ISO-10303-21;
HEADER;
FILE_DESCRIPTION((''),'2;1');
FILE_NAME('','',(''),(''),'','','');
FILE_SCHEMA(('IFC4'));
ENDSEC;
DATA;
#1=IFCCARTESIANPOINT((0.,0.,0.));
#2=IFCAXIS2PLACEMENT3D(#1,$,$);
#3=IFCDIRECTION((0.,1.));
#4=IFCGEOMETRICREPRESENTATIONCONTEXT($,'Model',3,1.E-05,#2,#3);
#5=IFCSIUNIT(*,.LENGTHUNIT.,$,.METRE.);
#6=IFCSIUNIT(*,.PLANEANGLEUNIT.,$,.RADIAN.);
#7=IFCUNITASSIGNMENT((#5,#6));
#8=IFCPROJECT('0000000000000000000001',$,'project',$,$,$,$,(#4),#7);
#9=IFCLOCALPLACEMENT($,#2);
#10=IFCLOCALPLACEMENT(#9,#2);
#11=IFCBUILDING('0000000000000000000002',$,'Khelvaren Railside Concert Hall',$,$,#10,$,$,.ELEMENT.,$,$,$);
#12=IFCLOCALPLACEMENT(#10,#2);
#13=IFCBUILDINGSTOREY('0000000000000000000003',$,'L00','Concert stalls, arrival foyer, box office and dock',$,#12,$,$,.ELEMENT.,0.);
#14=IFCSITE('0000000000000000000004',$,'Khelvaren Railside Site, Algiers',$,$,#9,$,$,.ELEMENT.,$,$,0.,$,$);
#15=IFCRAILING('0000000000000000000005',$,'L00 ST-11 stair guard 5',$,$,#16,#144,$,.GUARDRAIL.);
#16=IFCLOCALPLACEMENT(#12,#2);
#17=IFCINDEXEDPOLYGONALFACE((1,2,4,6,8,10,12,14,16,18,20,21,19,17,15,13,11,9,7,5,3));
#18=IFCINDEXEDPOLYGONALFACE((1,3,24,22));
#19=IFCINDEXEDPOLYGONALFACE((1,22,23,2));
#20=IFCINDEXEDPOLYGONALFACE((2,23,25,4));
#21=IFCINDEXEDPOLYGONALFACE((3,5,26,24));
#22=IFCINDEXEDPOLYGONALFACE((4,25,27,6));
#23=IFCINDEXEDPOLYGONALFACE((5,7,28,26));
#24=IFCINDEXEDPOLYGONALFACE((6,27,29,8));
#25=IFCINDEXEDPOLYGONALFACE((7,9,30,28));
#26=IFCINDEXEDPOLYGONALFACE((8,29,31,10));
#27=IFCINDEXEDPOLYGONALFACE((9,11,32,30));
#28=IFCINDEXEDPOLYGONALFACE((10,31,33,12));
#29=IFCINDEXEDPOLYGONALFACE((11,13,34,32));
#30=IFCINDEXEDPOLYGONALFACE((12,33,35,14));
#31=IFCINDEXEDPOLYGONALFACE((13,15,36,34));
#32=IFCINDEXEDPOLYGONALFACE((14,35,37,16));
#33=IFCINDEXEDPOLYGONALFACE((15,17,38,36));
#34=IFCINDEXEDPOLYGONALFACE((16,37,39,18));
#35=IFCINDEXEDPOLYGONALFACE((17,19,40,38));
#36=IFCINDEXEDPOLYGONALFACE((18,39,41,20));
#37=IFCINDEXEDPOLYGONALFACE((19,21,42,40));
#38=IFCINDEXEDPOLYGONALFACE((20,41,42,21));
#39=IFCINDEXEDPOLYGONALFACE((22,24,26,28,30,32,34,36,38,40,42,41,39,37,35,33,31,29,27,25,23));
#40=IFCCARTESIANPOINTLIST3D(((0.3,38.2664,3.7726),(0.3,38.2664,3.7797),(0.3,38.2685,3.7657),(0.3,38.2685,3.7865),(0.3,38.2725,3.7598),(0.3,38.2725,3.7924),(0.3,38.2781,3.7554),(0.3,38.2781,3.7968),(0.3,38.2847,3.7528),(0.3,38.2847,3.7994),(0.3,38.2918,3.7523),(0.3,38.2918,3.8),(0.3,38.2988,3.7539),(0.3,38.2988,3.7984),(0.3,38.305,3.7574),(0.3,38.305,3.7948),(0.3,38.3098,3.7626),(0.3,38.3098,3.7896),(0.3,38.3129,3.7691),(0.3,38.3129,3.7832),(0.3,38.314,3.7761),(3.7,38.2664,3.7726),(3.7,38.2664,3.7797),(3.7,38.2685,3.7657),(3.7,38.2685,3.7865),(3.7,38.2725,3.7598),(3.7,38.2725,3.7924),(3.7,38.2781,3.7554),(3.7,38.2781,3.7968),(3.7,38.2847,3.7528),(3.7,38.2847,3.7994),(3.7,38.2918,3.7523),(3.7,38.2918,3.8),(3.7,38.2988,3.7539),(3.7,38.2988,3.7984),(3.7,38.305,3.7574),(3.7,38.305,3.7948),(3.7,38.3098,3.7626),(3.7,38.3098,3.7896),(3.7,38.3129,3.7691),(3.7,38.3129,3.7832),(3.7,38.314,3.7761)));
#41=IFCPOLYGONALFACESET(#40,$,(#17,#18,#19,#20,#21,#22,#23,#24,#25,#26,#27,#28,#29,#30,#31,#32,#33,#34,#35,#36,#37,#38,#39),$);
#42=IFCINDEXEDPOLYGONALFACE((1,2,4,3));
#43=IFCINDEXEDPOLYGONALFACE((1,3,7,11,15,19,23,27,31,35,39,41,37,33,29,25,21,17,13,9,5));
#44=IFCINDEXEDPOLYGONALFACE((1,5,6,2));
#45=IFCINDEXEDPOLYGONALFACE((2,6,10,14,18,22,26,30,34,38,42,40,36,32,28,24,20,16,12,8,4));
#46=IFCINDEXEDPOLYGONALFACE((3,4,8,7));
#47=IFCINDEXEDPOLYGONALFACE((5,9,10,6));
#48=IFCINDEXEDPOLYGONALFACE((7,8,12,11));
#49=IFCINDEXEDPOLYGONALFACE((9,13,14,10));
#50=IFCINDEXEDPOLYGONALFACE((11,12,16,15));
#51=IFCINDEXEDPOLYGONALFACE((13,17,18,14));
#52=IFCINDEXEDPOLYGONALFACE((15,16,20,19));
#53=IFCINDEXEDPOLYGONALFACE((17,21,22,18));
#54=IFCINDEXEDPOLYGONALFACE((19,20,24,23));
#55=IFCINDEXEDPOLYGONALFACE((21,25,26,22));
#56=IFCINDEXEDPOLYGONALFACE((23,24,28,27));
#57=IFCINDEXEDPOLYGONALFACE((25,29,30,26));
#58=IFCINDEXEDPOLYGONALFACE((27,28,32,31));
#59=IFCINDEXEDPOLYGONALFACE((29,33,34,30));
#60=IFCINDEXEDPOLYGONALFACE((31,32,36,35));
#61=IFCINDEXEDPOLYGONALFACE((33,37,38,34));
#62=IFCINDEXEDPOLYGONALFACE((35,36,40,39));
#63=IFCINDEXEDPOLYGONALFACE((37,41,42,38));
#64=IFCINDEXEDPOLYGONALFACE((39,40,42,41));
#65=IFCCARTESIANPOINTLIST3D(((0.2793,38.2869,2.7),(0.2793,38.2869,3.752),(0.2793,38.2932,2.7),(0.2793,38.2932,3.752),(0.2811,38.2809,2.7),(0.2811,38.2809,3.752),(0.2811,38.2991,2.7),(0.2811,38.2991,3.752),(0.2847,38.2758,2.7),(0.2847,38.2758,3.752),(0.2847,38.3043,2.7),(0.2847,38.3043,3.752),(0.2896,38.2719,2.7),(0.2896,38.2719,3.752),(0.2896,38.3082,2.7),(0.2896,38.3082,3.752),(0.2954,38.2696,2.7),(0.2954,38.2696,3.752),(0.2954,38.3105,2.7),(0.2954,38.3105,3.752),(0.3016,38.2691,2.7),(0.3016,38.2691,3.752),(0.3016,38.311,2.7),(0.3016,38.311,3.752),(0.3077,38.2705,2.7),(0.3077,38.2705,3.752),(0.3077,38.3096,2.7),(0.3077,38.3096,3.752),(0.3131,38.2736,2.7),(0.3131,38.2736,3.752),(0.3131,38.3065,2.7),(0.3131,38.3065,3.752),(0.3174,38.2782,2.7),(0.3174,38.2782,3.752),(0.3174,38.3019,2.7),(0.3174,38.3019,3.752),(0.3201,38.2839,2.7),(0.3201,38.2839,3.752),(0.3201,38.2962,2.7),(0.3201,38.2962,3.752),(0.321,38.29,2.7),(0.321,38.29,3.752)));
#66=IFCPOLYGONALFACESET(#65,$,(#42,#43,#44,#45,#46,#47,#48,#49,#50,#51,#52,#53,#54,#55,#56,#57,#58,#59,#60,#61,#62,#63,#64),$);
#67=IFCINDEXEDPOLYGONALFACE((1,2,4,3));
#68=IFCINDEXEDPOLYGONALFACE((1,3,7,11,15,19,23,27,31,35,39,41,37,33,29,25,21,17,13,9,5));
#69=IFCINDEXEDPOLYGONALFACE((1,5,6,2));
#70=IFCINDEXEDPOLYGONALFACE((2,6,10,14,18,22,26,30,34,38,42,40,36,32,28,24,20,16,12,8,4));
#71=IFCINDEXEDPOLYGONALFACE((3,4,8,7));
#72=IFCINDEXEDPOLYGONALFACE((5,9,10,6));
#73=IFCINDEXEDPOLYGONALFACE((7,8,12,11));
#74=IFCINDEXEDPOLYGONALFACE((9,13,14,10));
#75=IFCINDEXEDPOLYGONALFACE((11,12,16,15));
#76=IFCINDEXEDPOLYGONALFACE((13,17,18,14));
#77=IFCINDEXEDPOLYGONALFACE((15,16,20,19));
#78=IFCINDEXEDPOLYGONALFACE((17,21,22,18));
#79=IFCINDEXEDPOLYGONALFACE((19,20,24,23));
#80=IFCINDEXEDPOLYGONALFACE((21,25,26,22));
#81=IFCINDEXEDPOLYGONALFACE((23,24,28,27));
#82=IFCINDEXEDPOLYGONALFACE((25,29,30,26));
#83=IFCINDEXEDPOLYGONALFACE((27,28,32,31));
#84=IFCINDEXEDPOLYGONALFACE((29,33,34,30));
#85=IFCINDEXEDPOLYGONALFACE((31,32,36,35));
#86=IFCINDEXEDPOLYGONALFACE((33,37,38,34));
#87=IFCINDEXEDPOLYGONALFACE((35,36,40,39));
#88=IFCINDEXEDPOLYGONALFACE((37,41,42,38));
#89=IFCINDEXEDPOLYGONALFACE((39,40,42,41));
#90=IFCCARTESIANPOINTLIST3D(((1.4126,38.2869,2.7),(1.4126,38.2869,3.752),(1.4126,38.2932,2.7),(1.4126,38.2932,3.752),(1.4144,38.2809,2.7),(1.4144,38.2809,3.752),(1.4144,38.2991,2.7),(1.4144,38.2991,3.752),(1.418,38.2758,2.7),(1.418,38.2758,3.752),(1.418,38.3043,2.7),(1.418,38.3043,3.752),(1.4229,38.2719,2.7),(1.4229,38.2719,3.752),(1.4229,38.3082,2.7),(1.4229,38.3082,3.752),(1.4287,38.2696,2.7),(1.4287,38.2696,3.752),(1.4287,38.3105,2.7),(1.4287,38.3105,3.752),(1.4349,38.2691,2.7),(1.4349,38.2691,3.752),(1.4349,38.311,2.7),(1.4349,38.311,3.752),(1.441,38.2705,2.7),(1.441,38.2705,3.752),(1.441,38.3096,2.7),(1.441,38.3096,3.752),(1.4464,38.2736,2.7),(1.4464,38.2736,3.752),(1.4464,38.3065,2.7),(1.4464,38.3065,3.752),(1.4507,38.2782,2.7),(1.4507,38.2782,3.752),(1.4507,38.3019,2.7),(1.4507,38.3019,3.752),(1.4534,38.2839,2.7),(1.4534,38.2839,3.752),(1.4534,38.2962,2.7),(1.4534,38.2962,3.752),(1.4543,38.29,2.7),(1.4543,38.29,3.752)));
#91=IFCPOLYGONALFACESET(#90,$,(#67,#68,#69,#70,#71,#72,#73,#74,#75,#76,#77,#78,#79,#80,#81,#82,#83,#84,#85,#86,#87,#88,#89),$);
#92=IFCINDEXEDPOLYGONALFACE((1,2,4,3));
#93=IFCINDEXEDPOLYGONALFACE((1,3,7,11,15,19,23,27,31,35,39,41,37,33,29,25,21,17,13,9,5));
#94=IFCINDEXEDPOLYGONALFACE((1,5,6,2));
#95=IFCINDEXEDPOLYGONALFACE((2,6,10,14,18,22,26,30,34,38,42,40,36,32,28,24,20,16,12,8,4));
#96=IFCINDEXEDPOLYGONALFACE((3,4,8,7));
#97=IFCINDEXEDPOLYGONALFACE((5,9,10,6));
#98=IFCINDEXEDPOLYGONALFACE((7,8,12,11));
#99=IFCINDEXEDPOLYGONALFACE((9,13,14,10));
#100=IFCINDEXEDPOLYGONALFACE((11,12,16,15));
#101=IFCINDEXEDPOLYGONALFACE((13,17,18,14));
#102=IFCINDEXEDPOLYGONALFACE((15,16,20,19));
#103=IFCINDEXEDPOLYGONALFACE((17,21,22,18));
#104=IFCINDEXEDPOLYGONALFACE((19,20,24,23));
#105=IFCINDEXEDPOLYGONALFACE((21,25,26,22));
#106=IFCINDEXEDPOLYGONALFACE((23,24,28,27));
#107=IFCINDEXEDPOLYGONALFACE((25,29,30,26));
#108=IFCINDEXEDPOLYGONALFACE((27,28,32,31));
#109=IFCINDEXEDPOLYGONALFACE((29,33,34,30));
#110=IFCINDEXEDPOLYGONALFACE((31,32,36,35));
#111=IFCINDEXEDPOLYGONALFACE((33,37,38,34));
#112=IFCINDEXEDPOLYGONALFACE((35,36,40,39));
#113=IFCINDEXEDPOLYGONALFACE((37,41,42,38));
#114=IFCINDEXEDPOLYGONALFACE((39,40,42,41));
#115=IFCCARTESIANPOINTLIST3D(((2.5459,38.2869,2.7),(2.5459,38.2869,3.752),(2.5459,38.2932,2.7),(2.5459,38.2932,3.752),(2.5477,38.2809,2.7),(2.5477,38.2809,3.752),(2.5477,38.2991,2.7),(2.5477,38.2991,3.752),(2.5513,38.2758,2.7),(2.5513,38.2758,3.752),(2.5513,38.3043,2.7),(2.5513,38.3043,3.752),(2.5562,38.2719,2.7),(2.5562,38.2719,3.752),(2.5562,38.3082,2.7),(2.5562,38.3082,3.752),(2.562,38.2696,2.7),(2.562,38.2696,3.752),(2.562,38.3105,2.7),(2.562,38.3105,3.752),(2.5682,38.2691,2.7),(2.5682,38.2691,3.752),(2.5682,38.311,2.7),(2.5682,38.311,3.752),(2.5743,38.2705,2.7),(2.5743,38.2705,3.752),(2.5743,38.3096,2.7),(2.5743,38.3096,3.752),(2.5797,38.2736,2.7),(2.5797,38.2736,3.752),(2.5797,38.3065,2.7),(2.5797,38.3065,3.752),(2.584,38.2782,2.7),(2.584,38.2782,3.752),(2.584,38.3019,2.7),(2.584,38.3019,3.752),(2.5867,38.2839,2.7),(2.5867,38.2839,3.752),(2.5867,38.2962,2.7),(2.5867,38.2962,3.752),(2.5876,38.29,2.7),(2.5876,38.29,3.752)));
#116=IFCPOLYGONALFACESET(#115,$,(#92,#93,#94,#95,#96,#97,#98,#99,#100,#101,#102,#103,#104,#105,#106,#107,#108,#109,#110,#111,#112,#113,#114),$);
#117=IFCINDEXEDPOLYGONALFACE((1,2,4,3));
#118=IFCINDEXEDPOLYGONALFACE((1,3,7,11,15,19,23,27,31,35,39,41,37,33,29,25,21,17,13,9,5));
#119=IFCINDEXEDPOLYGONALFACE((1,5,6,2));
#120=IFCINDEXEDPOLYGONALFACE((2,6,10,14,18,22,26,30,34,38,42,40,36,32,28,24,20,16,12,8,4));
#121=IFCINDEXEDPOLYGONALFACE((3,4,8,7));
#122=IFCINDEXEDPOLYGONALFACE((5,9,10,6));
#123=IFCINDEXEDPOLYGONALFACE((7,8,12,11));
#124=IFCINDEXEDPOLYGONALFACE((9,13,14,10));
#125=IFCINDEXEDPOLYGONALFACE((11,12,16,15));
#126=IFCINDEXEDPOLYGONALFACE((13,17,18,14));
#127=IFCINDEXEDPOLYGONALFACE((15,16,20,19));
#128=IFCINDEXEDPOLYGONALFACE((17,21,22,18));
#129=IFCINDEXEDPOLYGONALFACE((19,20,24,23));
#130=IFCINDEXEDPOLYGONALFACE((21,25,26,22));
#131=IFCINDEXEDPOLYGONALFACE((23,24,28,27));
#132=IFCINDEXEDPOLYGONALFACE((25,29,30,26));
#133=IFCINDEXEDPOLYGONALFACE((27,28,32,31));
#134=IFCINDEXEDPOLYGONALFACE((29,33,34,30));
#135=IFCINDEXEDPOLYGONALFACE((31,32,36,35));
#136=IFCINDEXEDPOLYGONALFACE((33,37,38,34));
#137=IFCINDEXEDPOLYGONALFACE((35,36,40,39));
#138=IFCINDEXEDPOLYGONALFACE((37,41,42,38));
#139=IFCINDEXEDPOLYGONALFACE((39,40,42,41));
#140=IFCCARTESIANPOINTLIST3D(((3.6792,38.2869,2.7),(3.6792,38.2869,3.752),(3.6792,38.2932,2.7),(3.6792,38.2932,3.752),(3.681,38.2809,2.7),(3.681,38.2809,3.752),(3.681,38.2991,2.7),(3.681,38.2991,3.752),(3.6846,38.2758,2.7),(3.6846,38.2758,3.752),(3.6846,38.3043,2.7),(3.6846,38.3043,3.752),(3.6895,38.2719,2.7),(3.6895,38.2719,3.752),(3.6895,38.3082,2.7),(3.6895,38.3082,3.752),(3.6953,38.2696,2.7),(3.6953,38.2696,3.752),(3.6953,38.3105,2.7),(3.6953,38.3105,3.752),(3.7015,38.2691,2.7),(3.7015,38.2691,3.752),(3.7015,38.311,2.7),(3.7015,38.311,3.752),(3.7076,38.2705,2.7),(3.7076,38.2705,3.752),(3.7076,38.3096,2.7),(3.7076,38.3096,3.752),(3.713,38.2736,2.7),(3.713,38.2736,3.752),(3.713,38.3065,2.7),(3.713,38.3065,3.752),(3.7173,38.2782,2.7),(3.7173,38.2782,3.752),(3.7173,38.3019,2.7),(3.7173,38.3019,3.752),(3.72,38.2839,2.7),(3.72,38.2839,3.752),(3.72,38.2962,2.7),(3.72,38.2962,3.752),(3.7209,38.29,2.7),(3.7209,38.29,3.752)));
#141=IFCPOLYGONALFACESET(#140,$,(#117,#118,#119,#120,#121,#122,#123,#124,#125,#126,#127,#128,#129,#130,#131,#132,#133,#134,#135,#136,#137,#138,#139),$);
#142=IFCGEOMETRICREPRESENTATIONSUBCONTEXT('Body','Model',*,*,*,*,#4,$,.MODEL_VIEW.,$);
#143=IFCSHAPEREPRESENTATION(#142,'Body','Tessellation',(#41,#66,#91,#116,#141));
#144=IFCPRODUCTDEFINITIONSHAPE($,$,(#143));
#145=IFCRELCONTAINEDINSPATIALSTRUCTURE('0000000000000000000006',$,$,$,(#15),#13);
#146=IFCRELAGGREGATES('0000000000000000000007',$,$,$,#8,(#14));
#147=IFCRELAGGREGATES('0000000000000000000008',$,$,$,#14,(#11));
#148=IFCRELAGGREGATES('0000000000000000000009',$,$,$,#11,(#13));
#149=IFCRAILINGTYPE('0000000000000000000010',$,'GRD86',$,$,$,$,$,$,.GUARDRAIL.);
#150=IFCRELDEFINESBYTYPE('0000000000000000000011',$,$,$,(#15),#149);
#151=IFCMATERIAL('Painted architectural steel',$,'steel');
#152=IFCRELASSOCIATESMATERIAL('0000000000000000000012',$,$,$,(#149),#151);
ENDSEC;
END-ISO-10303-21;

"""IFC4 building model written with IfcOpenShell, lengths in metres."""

from ifc_helpers import new_model, si_unit, direction, frame, origin, origin_2d, place, context, subcontext, project, spatial, circle, extrude, material, type_object, element, save


model = new_model("IFC4")

# Units and contexts
model_context = context("Model", 3, precision=1e-05, world=origin(), true_north=direction((0.0, 1.0)))
body_context = subcontext(model_context, "Body", "Model", "MODEL_VIEW")
ifc_project = project(units=[si_unit("LENGTHUNIT", "METRE"), si_unit("PLANEANGLEUNIT", "RADIAN")], contexts=[model_context])

# Site, building, storey
site_placement = place(None, origin())
site = spatial("IfcSite", under=ifc_project, at=site_placement, Name="Khelvaren Railside Site, Algiers", CompositionType="ELEMENT", RefElevation=0.0)
building_placement = place(site_placement, origin())
building = spatial("IfcBuilding", under=site, at=building_placement, Name="Khelvaren Railside Concert Hall", CompositionType="ELEMENT")
storey_placement = place(building_placement, origin())
storey = spatial("IfcBuildingStorey", under=building, at=storey_placement, Name="L00", Description="Concert stalls, arrival foyer, box office and dock", CompositionType="ELEMENT", Elevation=0.0)

# Railing
ifc_material_1 = material(Name="Painted architectural steel", Category="steel")
railing_type_1 = type_object("IfcRailingType", Name="GRD86", PredefinedType="GUARDRAIL", material=ifc_material_1)
railing_1_placement = place(storey_placement, frame((0.3, 38.29, 2.7)))
element("IfcRailing", 1, at=railing_1_placement, inside=storey, type_object=railing_type_1, Name="L00 ST-11 stair guard 5", PredefinedType="GUARDRAIL", context=body_context, shape_type="SweptSolid", body=[
    extrude(circle(Radius=0.0239, at=origin_2d()), frame((0.0, 0.0, 1.0762), z_axis=(1.0, 0.0, 0.0), x_axis=(0.0, 1.0, 0.0)), (0.0, 0.0, 1.0), 3.3999),
    extrude(circle(Radius=0.021, at=origin_2d()), origin(), (0.0, 0.0, 1.0), 1.052),
    extrude(circle(Radius=0.021, at=origin_2d()), frame((1.1333, 0.0, 0.0)), (0.0, 0.0, 1.0), 1.052),
    extrude(circle(Radius=0.021, at=origin_2d()), frame((2.2666, 0.0, 0.0)), (0.0, 0.0, 1.0), 1.052),
    extrude(circle(Radius=0.021, at=origin_2d()), frame((3.3999, 0.0, 0.0)), (0.0, 0.0, 1.0), 1.052),
])

save(model, "model.ifc")
